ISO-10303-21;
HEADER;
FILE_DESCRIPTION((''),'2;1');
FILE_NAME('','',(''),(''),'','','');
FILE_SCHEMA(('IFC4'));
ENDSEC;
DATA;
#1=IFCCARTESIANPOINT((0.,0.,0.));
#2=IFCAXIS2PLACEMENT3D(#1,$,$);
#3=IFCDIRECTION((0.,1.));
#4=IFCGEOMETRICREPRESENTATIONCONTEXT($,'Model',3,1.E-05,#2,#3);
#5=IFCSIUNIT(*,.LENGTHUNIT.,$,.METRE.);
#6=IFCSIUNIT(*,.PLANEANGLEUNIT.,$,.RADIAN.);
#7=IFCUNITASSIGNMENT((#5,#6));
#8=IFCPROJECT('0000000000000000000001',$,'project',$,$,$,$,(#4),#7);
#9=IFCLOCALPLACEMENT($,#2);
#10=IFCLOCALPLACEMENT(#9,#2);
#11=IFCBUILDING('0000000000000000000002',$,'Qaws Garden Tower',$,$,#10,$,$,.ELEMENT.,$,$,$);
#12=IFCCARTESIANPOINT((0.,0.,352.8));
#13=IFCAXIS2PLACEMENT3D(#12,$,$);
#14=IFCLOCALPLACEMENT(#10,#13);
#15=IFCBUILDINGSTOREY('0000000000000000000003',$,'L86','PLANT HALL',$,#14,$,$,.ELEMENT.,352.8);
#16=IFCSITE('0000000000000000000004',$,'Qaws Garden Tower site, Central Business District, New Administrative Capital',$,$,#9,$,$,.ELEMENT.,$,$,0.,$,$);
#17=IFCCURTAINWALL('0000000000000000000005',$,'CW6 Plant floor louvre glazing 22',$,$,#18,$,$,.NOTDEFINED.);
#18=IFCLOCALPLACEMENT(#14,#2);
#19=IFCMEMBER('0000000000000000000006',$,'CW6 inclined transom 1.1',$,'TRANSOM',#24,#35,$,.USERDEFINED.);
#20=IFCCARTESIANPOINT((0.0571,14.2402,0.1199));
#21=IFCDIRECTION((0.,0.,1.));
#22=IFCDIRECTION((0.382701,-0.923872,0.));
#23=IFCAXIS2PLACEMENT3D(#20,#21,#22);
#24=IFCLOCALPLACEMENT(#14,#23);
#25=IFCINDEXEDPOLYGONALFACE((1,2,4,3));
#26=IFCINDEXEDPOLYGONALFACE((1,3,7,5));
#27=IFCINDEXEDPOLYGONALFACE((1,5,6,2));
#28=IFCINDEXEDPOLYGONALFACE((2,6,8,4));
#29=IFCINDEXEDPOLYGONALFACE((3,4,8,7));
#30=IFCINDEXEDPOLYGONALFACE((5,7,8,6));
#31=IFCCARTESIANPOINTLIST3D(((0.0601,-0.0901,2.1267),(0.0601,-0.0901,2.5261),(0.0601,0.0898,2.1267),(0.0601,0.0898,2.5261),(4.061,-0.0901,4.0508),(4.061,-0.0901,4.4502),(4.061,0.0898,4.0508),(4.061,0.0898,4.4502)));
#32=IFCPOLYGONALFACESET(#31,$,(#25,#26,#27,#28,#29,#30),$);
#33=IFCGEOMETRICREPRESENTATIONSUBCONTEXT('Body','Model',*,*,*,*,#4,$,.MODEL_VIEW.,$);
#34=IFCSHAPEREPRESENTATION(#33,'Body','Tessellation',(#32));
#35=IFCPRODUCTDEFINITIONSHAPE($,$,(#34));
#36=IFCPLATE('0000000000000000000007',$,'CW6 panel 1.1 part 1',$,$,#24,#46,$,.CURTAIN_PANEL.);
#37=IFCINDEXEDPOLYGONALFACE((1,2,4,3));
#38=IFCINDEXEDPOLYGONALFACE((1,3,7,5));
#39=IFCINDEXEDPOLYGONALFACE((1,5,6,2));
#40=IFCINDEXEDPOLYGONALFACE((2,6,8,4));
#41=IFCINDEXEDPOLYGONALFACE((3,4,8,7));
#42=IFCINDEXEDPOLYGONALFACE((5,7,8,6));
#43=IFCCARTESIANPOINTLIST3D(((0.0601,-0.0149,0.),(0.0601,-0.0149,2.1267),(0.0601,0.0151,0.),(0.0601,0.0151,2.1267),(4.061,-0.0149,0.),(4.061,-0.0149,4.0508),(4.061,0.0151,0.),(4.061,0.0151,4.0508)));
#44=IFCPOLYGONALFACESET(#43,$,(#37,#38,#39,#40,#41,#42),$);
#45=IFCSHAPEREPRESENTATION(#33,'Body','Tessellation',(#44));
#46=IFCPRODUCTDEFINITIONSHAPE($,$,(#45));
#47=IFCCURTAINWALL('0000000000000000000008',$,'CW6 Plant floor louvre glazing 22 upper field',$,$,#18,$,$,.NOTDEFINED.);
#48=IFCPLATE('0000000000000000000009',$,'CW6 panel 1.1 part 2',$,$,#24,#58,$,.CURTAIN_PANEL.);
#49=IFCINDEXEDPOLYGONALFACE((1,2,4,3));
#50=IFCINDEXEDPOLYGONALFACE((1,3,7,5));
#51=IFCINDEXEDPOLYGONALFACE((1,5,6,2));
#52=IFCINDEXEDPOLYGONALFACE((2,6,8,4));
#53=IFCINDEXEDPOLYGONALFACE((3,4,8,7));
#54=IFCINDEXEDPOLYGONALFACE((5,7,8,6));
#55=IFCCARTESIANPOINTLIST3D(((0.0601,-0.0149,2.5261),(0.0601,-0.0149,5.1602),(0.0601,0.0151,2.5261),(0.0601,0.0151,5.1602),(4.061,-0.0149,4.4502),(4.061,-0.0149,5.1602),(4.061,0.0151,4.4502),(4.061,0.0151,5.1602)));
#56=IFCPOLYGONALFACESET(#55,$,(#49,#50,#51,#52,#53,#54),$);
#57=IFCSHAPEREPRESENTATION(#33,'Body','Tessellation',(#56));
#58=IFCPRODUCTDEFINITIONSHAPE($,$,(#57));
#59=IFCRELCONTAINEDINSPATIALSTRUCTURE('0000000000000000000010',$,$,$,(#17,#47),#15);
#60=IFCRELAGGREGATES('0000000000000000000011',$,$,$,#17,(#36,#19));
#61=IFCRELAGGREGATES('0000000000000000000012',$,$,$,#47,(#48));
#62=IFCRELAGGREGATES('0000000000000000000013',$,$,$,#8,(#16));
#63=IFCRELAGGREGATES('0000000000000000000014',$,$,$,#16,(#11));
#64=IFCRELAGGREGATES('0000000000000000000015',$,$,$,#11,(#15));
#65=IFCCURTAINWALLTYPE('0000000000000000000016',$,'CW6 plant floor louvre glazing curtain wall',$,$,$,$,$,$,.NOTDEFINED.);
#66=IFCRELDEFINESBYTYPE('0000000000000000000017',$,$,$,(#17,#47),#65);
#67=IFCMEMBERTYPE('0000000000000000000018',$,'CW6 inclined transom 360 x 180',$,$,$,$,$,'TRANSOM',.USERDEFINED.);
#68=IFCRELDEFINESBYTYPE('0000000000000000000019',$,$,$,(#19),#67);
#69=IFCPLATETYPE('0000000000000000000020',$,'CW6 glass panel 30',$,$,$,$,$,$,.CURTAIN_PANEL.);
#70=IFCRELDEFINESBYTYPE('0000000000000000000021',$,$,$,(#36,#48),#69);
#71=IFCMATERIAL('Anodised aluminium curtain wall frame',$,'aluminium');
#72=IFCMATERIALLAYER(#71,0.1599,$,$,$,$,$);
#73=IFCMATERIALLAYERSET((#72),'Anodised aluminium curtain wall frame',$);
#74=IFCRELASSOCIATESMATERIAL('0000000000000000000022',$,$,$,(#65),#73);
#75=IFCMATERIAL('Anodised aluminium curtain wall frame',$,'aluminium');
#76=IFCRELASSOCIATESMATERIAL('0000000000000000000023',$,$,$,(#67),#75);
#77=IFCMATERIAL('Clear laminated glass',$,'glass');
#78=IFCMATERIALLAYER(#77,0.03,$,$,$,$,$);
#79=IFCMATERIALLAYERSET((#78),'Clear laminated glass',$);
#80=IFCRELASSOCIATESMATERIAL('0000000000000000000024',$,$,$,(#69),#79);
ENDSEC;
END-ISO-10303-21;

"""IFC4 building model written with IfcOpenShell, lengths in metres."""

from ifc_helpers import new_model, si_unit, direction, frame, origin, origin_2d, place, context, subcontext, project, spatial, polyline, rectangle, outline, extrude, material, layer, layer_set, material_profile, profile_set, type_object, element, aggregate, save


model = new_model("IFC4")

# Units and contexts
model_context = context("Model", 3, precision=1e-05, world=origin(), true_north=direction((0.0, 1.0)))
body_context = subcontext(model_context, "Body", "Model", "MODEL_VIEW")
ifc_project = project(units=[si_unit("LENGTHUNIT", "METRE"), si_unit("PLANEANGLEUNIT", "RADIAN")], contexts=[model_context])

# Site, building, storey
site_placement = place(None, origin())
site = spatial("IfcSite", under=ifc_project, at=site_placement, Name="Qaws Garden Tower site, Central Business District, New Administrative Capital", CompositionType="ELEMENT", RefElevation=0.0)
building_placement = place(site_placement, origin())
building = spatial("IfcBuilding", under=site, at=building_placement, Name="Qaws Garden Tower", CompositionType="ELEMENT")
storey_placement = place(building_placement, frame((0.0, 0.0, 352.8)))
storey = spatial("IfcBuildingStorey", under=building, at=storey_placement, Name="L86", Description="PLANT HALL", CompositionType="ELEMENT", Elevation=352.8)

# Curtain wall, member
ifc_material_1 = material(Name="Anodised aluminium curtain wall frame", Category="aluminium")
ifc_layer_1 = layer(ifc_material_1, 0.1599)
ifc_layer_set_1 = layer_set([ifc_layer_1], Name="Anodised aluminium curtain wall frame")
curtain_wall_type = type_object("IfcCurtainWallType", Name="CW6 plant floor louvre glazing curtain wall", PredefinedType="NOTDEFINED", material=ifc_layer_set_1)
placement_1 = place(storey_placement, origin())
curtain_wall_1 = element("IfcCurtainWall", 1, at=placement_1, inside=storey, type_object=curtain_wall_type, Name="CW6 Plant floor louvre glazing 22", PredefinedType="NOTDEFINED")
ifc_material_2 = material(Name="Anodised aluminium curtain wall frame", Category="aluminium")
ifc_material_profile_1 = material_profile(ifc_material_2, rectangle(XDim=0.1799, YDim=0.3601, at=origin_2d()), Name="AL 180x360")
ifc_profile_set_1 = profile_set([ifc_material_profile_1], Name="Anodised aluminium curtain wall frame")
member_type_1 = type_object("IfcMemberType", Name="CW6 inclined transom 360 x 180", ElementType="TRANSOM", PredefinedType="USERDEFINED", material=ifc_profile_set_1)
placement_2 = place(storey_placement, frame((0.0571, 14.2402, 0.1199), z_axis=(0.0, 0.0, 1.0), x_axis=(0.382701, -0.923872, 0.0)))
member_1 = element("IfcMember", 2, at=placement_2, type_object=member_type_1, Name="CW6 inclined transom 1.1", ObjectType="TRANSOM", PredefinedType="USERDEFINED", context=body_context, shape_type="SweptSolid", body=[
    extrude(outline(polyline([(0.0601, 2.1267), (4.061, 4.0508), (4.061, 4.4502), (0.0601, 2.5261), (0.0601, 2.1267)])), frame((0.0, 0.0898, 0.0), z_axis=(0.0, -1.0, 0.0), x_axis=(1.0, 0.0, 0.0)), (0.0, 0.0, 1.0), 0.1799),
])

# Plate
ifc_material_3 = material(Name="Clear laminated glass", Category="glass")
ifc_layer_2 = layer(ifc_material_3, 0.03)
ifc_layer_set_2 = layer_set([ifc_layer_2], Name="Clear laminated glass")
plate_type = type_object("IfcPlateType", Name="CW6 glass panel 30", PredefinedType="CURTAIN_PANEL", material=ifc_layer_set_2)
plate_1 = element("IfcPlate", 3, at=placement_2, type_object=plate_type, Name="CW6 panel 1.1 part 1", PredefinedType="CURTAIN_PANEL", context=body_context, shape_type="SweptSolid", body=[
    extrude(outline(polyline([(4.061, 0.0), (4.061, 4.0508), (0.0601, 2.1267), (0.0601, 0.0), (4.061, 0.0)])), frame((0.0, 0.0151, 0.0), z_axis=(0.0, -1.0, 0.0), x_axis=(1.0, 0.0, 0.0)), (0.0, 0.0, 1.0), 0.03),
])
aggregate(curtain_wall_1, [plate_1, member_1])

# Curtain wall, plate
curtain_wall_2 = element("IfcCurtainWall", 4, at=placement_1, inside=storey, type_object=curtain_wall_type, Name="CW6 Plant floor louvre glazing 22 upper field", PredefinedType="NOTDEFINED")
plate_2 = element("IfcPlate", 5, at=placement_2, type_object=plate_type, Name="CW6 panel 1.1 part 2", PredefinedType="CURTAIN_PANEL", context=body_context, shape_type="SweptSolid", body=[
    extrude(outline(polyline([(0.0601, 5.1602), (0.0601, 2.5261), (4.061, 4.4502), (4.061, 5.1602), (0.0601, 5.1602)])), frame((0.0, 0.0151, 0.0), z_axis=(0.0, -1.0, 0.0), x_axis=(1.0, 0.0, 0.0)), (0.0, 0.0, 1.0), 0.03),
])
aggregate(curtain_wall_2, [plate_2])

save(model, "model.ifc")
